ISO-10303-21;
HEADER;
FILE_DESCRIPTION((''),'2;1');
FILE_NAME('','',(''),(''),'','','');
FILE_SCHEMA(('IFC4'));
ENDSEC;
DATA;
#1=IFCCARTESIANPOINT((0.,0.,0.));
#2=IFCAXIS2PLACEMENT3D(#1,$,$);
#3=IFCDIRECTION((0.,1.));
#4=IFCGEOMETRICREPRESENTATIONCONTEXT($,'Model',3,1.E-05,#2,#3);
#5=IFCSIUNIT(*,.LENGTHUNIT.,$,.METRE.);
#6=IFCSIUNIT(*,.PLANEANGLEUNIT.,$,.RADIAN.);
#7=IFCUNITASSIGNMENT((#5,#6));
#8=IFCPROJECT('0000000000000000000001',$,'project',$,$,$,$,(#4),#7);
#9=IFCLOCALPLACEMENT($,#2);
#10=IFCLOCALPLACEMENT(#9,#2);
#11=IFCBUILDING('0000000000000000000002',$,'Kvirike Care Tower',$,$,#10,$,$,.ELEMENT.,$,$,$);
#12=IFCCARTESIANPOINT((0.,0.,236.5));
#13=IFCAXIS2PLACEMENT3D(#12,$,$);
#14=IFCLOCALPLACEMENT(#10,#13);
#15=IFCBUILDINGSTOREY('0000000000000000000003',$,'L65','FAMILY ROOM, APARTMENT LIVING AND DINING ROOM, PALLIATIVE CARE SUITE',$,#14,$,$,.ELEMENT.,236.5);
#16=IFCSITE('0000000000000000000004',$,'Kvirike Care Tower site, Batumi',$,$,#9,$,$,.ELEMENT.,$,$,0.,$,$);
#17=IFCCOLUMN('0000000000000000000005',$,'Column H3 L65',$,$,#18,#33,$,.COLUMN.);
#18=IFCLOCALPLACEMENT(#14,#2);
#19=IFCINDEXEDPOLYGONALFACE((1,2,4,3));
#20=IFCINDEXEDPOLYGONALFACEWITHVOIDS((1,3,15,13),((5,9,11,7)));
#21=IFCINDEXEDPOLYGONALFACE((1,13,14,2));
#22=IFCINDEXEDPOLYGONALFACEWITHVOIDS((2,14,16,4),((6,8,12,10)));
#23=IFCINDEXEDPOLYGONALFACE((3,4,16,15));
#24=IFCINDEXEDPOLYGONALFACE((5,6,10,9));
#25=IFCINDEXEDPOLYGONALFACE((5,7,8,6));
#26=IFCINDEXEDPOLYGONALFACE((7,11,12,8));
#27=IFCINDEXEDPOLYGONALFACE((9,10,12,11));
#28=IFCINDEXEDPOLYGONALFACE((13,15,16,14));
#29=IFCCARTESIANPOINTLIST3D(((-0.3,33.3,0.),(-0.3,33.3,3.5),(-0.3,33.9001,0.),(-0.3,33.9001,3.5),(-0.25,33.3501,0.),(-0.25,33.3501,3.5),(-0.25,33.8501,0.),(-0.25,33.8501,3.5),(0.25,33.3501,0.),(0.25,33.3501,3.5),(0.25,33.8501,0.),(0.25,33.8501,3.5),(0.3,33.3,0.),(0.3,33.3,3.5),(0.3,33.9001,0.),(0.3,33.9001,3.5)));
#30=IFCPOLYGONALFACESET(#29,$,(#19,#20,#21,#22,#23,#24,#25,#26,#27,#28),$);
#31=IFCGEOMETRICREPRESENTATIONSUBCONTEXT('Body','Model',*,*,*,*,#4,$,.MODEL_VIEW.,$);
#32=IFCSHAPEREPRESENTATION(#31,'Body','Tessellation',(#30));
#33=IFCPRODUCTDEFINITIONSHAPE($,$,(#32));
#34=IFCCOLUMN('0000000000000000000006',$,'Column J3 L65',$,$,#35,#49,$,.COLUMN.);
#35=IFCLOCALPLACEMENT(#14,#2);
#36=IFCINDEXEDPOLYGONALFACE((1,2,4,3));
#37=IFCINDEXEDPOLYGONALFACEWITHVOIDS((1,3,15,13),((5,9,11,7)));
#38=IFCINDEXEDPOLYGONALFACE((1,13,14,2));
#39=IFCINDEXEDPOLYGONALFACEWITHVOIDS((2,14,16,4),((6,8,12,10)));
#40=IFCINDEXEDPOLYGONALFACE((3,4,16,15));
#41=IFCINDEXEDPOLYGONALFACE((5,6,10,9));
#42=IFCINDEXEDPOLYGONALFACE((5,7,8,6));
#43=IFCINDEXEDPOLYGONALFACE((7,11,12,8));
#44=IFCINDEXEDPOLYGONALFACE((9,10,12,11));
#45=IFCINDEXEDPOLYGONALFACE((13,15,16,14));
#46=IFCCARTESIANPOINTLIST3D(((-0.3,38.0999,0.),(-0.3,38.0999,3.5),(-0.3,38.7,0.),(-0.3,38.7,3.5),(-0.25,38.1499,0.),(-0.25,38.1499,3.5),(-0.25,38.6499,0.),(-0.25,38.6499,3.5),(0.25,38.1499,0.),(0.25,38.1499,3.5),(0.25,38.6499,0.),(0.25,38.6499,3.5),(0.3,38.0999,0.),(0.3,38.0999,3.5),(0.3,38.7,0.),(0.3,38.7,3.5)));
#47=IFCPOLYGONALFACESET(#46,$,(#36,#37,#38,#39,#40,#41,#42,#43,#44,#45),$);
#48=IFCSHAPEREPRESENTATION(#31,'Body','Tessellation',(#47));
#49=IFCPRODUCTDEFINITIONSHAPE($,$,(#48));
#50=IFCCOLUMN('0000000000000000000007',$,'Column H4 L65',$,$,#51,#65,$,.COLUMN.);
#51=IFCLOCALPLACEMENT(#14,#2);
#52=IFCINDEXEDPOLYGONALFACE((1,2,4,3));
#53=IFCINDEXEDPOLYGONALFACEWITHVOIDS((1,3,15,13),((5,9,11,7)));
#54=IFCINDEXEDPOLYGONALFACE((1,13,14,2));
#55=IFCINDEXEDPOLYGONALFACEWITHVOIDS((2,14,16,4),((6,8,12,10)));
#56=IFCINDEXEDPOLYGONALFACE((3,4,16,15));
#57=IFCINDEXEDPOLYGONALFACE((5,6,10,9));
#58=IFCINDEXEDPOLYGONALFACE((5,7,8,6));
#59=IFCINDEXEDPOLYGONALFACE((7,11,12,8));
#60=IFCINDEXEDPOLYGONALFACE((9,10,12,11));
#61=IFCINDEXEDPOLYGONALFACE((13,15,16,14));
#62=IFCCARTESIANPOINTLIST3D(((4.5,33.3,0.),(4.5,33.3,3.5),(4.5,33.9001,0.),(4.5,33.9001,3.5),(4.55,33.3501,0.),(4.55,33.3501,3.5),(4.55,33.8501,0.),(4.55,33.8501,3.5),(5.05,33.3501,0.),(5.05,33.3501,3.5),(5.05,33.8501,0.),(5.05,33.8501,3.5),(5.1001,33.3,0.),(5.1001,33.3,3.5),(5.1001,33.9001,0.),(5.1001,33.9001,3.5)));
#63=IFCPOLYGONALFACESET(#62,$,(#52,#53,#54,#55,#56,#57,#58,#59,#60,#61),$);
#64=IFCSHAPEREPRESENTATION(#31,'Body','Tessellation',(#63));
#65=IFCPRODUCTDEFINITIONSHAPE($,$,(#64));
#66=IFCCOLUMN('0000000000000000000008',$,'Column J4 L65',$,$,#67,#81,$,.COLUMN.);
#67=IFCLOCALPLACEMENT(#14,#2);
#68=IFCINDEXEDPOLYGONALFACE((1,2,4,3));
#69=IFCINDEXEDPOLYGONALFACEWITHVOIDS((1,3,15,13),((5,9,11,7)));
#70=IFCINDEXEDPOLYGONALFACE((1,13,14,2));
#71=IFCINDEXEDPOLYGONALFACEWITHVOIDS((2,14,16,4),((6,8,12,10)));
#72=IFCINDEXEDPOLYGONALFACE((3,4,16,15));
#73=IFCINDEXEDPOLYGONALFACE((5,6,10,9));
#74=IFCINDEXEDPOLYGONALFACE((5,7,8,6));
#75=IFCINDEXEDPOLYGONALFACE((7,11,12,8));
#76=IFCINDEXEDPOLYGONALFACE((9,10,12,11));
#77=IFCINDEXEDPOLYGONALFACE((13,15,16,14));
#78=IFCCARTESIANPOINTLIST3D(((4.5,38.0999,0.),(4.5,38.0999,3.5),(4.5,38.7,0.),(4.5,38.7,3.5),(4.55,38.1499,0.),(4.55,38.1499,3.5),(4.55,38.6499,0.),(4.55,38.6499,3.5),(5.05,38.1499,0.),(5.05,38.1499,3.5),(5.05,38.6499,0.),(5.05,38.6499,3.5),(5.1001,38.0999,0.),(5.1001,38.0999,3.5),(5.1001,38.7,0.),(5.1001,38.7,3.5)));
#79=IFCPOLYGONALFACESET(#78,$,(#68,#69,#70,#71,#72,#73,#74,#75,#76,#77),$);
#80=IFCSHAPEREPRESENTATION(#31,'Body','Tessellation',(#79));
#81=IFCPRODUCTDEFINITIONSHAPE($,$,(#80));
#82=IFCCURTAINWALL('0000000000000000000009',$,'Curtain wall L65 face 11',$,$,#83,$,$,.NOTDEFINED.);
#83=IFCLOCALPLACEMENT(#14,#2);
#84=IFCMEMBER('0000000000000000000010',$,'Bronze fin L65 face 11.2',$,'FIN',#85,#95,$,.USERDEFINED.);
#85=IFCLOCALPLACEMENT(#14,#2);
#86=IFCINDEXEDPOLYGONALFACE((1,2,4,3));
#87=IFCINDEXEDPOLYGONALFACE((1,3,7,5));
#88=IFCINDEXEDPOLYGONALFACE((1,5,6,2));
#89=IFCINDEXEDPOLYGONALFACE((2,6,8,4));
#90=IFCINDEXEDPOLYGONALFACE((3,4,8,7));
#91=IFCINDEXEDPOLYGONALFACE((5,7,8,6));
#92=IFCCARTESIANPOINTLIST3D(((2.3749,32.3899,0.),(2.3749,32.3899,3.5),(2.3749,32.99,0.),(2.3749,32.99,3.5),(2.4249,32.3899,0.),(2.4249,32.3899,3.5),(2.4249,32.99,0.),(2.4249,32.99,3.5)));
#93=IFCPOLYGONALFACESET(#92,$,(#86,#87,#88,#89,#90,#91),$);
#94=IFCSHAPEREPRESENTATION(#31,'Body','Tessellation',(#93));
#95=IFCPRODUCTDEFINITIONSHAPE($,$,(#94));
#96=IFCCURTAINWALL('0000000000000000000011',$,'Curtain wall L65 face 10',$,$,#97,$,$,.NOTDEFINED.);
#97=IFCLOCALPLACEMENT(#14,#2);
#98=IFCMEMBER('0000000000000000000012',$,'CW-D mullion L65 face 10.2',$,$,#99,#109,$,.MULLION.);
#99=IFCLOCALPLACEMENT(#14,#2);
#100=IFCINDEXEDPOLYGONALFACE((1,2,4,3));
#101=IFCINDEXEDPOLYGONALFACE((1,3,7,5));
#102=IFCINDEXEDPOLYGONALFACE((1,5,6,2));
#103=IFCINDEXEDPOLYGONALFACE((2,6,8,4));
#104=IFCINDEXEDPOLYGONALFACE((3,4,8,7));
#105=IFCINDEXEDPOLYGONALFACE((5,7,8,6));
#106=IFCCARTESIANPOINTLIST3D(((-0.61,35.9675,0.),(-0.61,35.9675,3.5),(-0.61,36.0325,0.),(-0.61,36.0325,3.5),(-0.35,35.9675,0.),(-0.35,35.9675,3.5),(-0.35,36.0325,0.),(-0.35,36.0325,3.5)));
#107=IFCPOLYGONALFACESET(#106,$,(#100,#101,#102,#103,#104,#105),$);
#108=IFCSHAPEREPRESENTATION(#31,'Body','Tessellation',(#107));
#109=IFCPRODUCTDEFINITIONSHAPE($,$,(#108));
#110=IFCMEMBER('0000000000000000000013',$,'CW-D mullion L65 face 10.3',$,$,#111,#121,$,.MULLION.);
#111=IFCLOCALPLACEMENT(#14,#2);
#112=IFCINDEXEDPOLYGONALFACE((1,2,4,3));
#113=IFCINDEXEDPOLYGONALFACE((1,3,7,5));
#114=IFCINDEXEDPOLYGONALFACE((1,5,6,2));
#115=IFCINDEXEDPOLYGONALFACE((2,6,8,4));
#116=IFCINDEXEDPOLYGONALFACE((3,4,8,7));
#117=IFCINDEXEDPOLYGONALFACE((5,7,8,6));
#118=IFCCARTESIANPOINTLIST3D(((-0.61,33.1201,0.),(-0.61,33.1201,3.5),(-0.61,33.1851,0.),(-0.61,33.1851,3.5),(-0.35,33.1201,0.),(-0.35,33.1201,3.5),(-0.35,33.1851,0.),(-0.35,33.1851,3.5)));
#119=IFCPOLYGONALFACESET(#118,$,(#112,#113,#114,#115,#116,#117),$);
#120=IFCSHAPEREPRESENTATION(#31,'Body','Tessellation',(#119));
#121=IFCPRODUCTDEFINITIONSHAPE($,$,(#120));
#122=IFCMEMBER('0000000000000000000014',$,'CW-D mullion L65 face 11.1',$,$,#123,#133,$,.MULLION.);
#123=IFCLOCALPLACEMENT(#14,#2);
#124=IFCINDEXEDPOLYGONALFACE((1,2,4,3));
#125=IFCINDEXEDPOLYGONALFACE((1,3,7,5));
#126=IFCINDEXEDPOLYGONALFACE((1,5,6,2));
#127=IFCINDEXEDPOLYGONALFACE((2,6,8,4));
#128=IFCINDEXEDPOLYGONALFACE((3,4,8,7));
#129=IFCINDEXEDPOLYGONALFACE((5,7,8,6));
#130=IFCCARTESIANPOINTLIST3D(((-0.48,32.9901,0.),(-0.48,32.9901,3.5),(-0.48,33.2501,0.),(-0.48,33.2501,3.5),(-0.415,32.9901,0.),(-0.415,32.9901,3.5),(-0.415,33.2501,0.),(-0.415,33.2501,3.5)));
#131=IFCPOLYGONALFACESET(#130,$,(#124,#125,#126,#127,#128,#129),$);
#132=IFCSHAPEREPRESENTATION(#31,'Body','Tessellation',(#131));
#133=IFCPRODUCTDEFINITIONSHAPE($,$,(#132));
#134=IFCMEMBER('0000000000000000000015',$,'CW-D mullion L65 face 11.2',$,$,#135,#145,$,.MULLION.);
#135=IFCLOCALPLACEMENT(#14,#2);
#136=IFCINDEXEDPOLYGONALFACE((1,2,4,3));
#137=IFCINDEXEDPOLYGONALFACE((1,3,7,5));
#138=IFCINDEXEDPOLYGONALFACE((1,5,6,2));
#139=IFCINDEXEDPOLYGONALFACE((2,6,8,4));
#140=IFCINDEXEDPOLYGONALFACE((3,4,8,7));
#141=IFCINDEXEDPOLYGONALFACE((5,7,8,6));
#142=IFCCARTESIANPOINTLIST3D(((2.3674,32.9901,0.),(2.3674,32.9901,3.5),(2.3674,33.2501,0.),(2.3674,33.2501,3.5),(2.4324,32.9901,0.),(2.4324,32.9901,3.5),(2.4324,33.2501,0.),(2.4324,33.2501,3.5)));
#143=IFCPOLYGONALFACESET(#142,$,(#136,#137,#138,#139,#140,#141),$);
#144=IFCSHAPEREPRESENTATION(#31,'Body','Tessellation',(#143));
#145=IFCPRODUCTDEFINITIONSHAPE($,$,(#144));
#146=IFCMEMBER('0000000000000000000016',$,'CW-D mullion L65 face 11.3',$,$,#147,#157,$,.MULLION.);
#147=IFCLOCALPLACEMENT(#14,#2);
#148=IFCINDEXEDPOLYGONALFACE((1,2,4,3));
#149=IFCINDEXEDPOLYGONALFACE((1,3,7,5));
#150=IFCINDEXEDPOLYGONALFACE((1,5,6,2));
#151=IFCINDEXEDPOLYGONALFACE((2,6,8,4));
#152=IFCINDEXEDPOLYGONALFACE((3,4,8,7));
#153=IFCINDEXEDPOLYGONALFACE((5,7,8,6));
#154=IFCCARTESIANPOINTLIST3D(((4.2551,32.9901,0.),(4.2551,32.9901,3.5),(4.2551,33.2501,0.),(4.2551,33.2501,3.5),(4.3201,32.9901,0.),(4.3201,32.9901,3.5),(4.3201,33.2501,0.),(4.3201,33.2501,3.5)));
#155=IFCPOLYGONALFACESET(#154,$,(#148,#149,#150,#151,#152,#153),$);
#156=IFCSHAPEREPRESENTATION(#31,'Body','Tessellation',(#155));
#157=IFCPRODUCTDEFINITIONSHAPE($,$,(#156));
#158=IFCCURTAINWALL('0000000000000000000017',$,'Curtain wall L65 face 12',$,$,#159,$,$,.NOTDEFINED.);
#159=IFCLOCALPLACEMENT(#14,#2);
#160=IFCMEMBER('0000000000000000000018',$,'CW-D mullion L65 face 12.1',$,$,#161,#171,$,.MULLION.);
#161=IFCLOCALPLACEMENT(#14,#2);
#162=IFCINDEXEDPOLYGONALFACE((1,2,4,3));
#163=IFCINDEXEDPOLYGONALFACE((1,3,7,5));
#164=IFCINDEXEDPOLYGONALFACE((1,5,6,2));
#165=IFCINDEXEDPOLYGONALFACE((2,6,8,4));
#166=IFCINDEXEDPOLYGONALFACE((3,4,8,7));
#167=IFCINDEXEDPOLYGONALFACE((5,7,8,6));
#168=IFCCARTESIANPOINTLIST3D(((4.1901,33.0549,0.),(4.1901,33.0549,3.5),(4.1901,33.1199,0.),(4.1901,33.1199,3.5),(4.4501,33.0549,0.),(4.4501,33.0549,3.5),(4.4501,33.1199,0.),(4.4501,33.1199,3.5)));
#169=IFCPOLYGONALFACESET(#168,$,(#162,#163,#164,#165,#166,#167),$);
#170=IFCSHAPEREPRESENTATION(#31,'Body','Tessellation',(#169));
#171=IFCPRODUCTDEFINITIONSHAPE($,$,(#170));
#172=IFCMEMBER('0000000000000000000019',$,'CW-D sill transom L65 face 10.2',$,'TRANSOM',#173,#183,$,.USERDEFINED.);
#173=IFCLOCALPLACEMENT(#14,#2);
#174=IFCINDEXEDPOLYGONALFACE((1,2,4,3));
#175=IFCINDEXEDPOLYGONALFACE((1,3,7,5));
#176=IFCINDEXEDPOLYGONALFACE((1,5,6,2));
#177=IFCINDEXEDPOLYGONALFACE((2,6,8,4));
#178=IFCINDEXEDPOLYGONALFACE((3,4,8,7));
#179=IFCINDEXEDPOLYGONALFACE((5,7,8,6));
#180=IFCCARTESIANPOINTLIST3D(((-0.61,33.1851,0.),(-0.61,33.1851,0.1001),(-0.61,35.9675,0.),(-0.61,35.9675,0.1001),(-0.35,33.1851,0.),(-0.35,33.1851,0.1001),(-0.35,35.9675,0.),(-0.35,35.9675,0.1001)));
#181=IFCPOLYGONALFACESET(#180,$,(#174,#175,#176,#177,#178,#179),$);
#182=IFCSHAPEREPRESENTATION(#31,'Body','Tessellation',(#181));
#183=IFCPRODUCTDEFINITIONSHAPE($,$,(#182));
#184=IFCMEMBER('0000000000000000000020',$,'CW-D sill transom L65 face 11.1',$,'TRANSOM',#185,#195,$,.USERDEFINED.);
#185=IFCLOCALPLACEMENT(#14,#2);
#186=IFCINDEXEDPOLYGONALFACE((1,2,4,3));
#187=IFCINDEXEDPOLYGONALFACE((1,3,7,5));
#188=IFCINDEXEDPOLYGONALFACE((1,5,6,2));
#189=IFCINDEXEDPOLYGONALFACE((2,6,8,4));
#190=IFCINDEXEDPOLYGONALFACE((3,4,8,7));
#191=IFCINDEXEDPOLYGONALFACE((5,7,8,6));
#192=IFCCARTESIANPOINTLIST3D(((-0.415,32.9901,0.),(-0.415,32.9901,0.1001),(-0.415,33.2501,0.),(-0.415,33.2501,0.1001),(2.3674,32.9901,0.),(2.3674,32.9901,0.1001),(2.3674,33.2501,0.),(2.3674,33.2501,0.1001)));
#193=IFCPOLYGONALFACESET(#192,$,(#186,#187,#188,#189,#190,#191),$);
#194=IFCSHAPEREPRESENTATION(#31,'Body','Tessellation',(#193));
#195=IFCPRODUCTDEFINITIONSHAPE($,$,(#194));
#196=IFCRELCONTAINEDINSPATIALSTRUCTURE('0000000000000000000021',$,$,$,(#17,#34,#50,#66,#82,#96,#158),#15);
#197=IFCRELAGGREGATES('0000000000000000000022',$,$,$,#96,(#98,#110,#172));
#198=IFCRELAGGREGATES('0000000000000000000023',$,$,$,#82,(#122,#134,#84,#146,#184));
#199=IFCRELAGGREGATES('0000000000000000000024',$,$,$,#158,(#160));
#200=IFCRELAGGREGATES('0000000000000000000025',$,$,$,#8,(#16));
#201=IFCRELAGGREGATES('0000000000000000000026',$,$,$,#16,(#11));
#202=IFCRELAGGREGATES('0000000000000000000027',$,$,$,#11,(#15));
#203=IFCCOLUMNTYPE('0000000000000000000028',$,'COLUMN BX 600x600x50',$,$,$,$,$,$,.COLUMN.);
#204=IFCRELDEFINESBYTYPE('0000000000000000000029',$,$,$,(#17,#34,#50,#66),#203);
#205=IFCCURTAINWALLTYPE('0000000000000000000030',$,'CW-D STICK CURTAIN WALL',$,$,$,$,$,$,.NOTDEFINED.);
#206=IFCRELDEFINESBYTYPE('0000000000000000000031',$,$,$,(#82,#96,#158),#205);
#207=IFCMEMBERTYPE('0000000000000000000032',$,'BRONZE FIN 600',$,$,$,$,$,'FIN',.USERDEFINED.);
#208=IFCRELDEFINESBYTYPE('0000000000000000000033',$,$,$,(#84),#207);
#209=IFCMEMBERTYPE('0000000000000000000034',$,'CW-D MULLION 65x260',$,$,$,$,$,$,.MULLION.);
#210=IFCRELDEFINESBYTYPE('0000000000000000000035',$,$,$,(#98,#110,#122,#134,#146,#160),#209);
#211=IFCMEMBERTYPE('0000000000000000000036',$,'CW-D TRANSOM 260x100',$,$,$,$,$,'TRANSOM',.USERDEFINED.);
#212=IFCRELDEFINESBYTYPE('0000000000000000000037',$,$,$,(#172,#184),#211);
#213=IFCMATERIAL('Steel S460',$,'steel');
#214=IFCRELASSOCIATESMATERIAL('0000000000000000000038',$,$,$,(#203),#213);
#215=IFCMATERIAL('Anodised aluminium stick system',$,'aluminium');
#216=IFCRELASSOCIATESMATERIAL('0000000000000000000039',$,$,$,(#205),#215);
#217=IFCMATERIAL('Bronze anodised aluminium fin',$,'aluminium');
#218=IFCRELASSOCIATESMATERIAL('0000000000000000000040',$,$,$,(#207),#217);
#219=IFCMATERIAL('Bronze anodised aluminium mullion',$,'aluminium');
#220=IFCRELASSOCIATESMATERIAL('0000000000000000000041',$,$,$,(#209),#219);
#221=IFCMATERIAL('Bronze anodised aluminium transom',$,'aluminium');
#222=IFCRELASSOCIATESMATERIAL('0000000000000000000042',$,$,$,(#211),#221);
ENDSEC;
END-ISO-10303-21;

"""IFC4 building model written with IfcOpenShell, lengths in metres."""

from ifc_helpers import new_model, si_unit, direction, frame, origin, origin_2d, place, context, subcontext, project, spatial, rectangle, hollow_rectangle, extrude, material, material_profile, profile_set, type_object, element, aggregate, save


model = new_model("IFC4")

# Units and contexts
model_context = context("Model", 3, precision=1e-05, world=origin(), true_north=direction((0.0, 1.0)))
body_context = subcontext(model_context, "Body", "Model", "MODEL_VIEW")
ifc_project = project(units=[si_unit("LENGTHUNIT", "METRE"), si_unit("PLANEANGLEUNIT", "RADIAN")], contexts=[model_context])

# Site, building, storey
site_placement = place(None, origin())
site = spatial("IfcSite", under=ifc_project, at=site_placement, Name="Kvirike Care Tower site, Batumi", CompositionType="ELEMENT", RefElevation=0.0)
building_placement = place(site_placement, origin())
building = spatial("IfcBuilding", under=site, at=building_placement, Name="Kvirike Care Tower", CompositionType="ELEMENT")
storey_placement = place(building_placement, frame((0.0, 0.0, 236.5)))
storey = spatial("IfcBuildingStorey", under=building, at=storey_placement, Name="L65", Description="FAMILY ROOM, APARTMENT LIVING AND DINING ROOM, PALLIATIVE CARE SUITE", CompositionType="ELEMENT", Elevation=236.5)

# Columns
ifc_material_1 = material(Name="Steel S460", Category="steel")
ifc_material_profile_1 = material_profile(ifc_material_1, hollow_rectangle(XDim=0.6001, YDim=0.6001, WallThickness=0.05, at=origin_2d()), Name="BX 600x600x50")
ifc_profile_set_1 = profile_set([ifc_material_profile_1], Name="Steel S460")
column_type = type_object("IfcColumnType", Name="COLUMN BX 600x600x50", PredefinedType="COLUMN", material=ifc_profile_set_1)
for number, where, z_axis, x_axis, name in (
    (1, (0.0, 33.6001, 0.0), (0.0, 0.0, 1.0), (0.0, 1.0, 0.0), "Column H3 L65"),
    (2, (0.0, 38.3999, 0.0), (0.0, 0.0, 1.0), (0.0, 1.0, 0.0), "Column J3 L65"),
    (3, (4.8, 33.6001, 0.0), (0.0, 0.0, 1.0), (0.0, 1.0, 0.0), "Column H4 L65"),
    (4, (4.8, 38.3999, 0.0), (0.0, 0.0, 1.0), (0.0, 1.0, 0.0), "Column J4 L65"),
):
    element("IfcColumn", number, at=place(storey_placement, frame(where, z_axis=z_axis, x_axis=x_axis)), inside=storey, type_object=column_type, Name=name, PredefinedType="COLUMN", context=body_context, shape_type="SweptSolid", body=[
        extrude(hollow_rectangle(XDim=0.6001, YDim=0.6001, WallThickness=0.05, at=origin_2d()), origin(), (0.0, 0.0, 1.0), 3.5),
    ])

# Curtain wall, member
ifc_material_2 = material(Name="Anodised aluminium stick system", Category="aluminium")
curtain_wall_type = type_object("IfcCurtainWallType", Name="CW-D STICK CURTAIN WALL", PredefinedType="NOTDEFINED", material=ifc_material_2)
curtain_wall_1_placement = place(storey_placement, origin())
curtain_wall_1 = element("IfcCurtainWall", 5, at=curtain_wall_1_placement, inside=storey, type_object=curtain_wall_type, Name="Curtain wall L65 face 11", PredefinedType="NOTDEFINED")
ifc_material_3 = material(Name="Bronze anodised aluminium fin", Category="aluminium")
ifc_material_profile_2 = material_profile(ifc_material_3, rectangle(XDim=0.05, YDim=0.6001, at=origin_2d()), Name="BRONZE FIN 600")
ifc_profile_set_2 = profile_set([ifc_material_profile_2], Name="Bronze anodised aluminium fin")
member_type_1 = type_object("IfcMemberType", Name="BRONZE FIN 600", ElementType="FIN", PredefinedType="USERDEFINED", material=ifc_profile_set_2)
member_1_placement = place(storey_placement, frame((2.3999, 32.6899, 0.0), z_axis=(0.0, 0.0, 1.0), x_axis=(1.0, 0.0, 0.0)))
member_1 = element("IfcMember", 6, at=member_1_placement, type_object=member_type_1, Name="Bronze fin L65 face 11.2", ObjectType="FIN", PredefinedType="USERDEFINED", context=body_context, shape_type="SweptSolid", body=[
    extrude(rectangle(XDim=0.05, YDim=0.6001, at=origin_2d()), origin(), (0.0, 0.0, 1.0), 3.5),
])

# Curtain wall, members
curtain_wall_2_placement = place(storey_placement, origin())
curtain_wall_2 = element("IfcCurtainWall", 7, at=curtain_wall_2_placement, inside=storey, type_object=curtain_wall_type, Name="Curtain wall L65 face 10", PredefinedType="NOTDEFINED")
ifc_material_4 = material(Name="Bronze anodised aluminium mullion", Category="aluminium")
ifc_material_profile_3 = material_profile(ifc_material_4, rectangle(XDim=0.0649, YDim=0.26, at=origin_2d()), Name="CW-D MULLION 65x260")
ifc_profile_set_3 = profile_set([ifc_material_profile_3], Name="Bronze anodised aluminium mullion")
member_type_2 = type_object("IfcMemberType", Name="CW-D MULLION 65x260", PredefinedType="MULLION", material=ifc_profile_set_3)
member_2_placement = place(storey_placement, frame((-0.48, 36.0, 0.0), z_axis=(0.0, 0.0, 1.0), x_axis=(0.0, -1.0, 0.0)))
member_2 = element("IfcMember", 8, at=member_2_placement, type_object=member_type_2, Name="CW-D mullion L65 face 10.2", PredefinedType="MULLION", context=body_context, shape_type="SweptSolid", body=[
    extrude(rectangle(XDim=0.0649, YDim=0.26, at=origin_2d()), origin(), (0.0, 0.0, 1.0), 3.5),
])
member_3_placement = place(storey_placement, frame((-0.48, 33.1526, 0.0), z_axis=(0.0, 0.0, 1.0), x_axis=(0.0, -1.0, 0.0)))
member_3 = element("IfcMember", 9, at=member_3_placement, type_object=member_type_2, Name="CW-D mullion L65 face 10.3", PredefinedType="MULLION", context=body_context, shape_type="SweptSolid", body=[
    extrude(rectangle(XDim=0.0649, YDim=0.26, at=origin_2d()), origin(), (0.0, 0.0, 1.0), 3.5),
])

# Members
member_4_placement = place(storey_placement, frame((-0.4475, 33.1201, 0.0), z_axis=(0.0, 0.0, 1.0), x_axis=(1.0, 0.0, 0.0)))
member_4 = element("IfcMember", 10, at=member_4_placement, type_object=member_type_2, Name="CW-D mullion L65 face 11.1", PredefinedType="MULLION", context=body_context, shape_type="SweptSolid", body=[
    extrude(rectangle(XDim=0.0649, YDim=0.26, at=origin_2d()), origin(), (0.0, 0.0, 1.0), 3.5),
])
member_5_placement = place(storey_placement, frame((2.3999, 33.1201, 0.0), z_axis=(0.0, 0.0, 1.0), x_axis=(1.0, 0.0, 0.0)))
member_5 = element("IfcMember", 11, at=member_5_placement, type_object=member_type_2, Name="CW-D mullion L65 face 11.2", PredefinedType="MULLION", context=body_context, shape_type="SweptSolid", body=[
    extrude(rectangle(XDim=0.0649, YDim=0.26, at=origin_2d()), origin(), (0.0, 0.0, 1.0), 3.5),
])
member_6_placement = place(storey_placement, frame((4.2876, 33.1201, 0.0), z_axis=(0.0, 0.0, 1.0), x_axis=(1.0, 0.0, 0.0)))
member_6 = element("IfcMember", 12, at=member_6_placement, type_object=member_type_2, Name="CW-D mullion L65 face 11.3", PredefinedType="MULLION", context=body_context, shape_type="SweptSolid", body=[
    extrude(rectangle(XDim=0.0649, YDim=0.26, at=origin_2d()), origin(), (0.0, 0.0, 1.0), 3.5),
])

# Curtain wall, member
curtain_wall_3_placement = place(storey_placement, origin())
curtain_wall_3 = element("IfcCurtainWall", 13, at=curtain_wall_3_placement, inside=storey, type_object=curtain_wall_type, Name="Curtain wall L65 face 12", PredefinedType="NOTDEFINED")
member_7_placement = place(storey_placement, frame((4.3201, 33.0874, 0.0), z_axis=(0.0, 0.0, 1.0), x_axis=(0.0, -1.0, 0.0)))
member_7 = element("IfcMember", 14, at=member_7_placement, type_object=member_type_2, Name="CW-D mullion L65 face 12.1", PredefinedType="MULLION", context=body_context, shape_type="SweptSolid", body=[
    extrude(rectangle(XDim=0.0649, YDim=0.26, at=origin_2d()), origin(), (0.0, 0.0, 1.0), 3.5),
])

# Members
ifc_material_5 = material(Name="Bronze anodised aluminium transom", Category="aluminium")
ifc_material_profile_4 = material_profile(ifc_material_5, rectangle(XDim=0.26, YDim=0.1001, at=origin_2d()), Name="CW-D TRANSOM 260x100")
ifc_profile_set_4 = profile_set([ifc_material_profile_4], Name="Bronze anodised aluminium transom")
member_type_3 = type_object("IfcMemberType", Name="CW-D TRANSOM 260x100", ElementType="TRANSOM", PredefinedType="USERDEFINED", material=ifc_profile_set_4)
member_8_placement = place(storey_placement, frame((-0.48, 35.9675, 0.05), z_axis=(0.0, -1.0, 0.0), x_axis=(1.0, 0.0, 0.0)))
member_8 = element("IfcMember", 15, at=member_8_placement, type_object=member_type_3, Name="CW-D sill transom L65 face 10.2", ObjectType="TRANSOM", PredefinedType="USERDEFINED", context=body_context, shape_type="SweptSolid", body=[
    extrude(rectangle(XDim=0.26, YDim=0.1001, at=origin_2d()), origin(), (0.0, 0.0, 1.0), 2.7825),
])
member_9_placement = place(storey_placement, frame((-0.415, 33.1201, 0.05), z_axis=(1.0, 0.0, 0.0), x_axis=(0.0, 1.0, 0.0)))
member_9 = element("IfcMember", 16, at=member_9_placement, type_object=member_type_3, Name="CW-D sill transom L65 face 11.1", ObjectType="TRANSOM", PredefinedType="USERDEFINED", context=body_context, shape_type="SweptSolid", body=[
    extrude(rectangle(XDim=0.26, YDim=0.1001, at=origin_2d()), origin(), (0.0, 0.0, 1.0), 2.7825),
])

aggregate(curtain_wall_2, [member_2, member_3, member_8])
aggregate(curtain_wall_1, [member_4, member_5, member_1, member_6, member_9])
aggregate(curtain_wall_3, [member_7])

save(model, "model.ifc")
